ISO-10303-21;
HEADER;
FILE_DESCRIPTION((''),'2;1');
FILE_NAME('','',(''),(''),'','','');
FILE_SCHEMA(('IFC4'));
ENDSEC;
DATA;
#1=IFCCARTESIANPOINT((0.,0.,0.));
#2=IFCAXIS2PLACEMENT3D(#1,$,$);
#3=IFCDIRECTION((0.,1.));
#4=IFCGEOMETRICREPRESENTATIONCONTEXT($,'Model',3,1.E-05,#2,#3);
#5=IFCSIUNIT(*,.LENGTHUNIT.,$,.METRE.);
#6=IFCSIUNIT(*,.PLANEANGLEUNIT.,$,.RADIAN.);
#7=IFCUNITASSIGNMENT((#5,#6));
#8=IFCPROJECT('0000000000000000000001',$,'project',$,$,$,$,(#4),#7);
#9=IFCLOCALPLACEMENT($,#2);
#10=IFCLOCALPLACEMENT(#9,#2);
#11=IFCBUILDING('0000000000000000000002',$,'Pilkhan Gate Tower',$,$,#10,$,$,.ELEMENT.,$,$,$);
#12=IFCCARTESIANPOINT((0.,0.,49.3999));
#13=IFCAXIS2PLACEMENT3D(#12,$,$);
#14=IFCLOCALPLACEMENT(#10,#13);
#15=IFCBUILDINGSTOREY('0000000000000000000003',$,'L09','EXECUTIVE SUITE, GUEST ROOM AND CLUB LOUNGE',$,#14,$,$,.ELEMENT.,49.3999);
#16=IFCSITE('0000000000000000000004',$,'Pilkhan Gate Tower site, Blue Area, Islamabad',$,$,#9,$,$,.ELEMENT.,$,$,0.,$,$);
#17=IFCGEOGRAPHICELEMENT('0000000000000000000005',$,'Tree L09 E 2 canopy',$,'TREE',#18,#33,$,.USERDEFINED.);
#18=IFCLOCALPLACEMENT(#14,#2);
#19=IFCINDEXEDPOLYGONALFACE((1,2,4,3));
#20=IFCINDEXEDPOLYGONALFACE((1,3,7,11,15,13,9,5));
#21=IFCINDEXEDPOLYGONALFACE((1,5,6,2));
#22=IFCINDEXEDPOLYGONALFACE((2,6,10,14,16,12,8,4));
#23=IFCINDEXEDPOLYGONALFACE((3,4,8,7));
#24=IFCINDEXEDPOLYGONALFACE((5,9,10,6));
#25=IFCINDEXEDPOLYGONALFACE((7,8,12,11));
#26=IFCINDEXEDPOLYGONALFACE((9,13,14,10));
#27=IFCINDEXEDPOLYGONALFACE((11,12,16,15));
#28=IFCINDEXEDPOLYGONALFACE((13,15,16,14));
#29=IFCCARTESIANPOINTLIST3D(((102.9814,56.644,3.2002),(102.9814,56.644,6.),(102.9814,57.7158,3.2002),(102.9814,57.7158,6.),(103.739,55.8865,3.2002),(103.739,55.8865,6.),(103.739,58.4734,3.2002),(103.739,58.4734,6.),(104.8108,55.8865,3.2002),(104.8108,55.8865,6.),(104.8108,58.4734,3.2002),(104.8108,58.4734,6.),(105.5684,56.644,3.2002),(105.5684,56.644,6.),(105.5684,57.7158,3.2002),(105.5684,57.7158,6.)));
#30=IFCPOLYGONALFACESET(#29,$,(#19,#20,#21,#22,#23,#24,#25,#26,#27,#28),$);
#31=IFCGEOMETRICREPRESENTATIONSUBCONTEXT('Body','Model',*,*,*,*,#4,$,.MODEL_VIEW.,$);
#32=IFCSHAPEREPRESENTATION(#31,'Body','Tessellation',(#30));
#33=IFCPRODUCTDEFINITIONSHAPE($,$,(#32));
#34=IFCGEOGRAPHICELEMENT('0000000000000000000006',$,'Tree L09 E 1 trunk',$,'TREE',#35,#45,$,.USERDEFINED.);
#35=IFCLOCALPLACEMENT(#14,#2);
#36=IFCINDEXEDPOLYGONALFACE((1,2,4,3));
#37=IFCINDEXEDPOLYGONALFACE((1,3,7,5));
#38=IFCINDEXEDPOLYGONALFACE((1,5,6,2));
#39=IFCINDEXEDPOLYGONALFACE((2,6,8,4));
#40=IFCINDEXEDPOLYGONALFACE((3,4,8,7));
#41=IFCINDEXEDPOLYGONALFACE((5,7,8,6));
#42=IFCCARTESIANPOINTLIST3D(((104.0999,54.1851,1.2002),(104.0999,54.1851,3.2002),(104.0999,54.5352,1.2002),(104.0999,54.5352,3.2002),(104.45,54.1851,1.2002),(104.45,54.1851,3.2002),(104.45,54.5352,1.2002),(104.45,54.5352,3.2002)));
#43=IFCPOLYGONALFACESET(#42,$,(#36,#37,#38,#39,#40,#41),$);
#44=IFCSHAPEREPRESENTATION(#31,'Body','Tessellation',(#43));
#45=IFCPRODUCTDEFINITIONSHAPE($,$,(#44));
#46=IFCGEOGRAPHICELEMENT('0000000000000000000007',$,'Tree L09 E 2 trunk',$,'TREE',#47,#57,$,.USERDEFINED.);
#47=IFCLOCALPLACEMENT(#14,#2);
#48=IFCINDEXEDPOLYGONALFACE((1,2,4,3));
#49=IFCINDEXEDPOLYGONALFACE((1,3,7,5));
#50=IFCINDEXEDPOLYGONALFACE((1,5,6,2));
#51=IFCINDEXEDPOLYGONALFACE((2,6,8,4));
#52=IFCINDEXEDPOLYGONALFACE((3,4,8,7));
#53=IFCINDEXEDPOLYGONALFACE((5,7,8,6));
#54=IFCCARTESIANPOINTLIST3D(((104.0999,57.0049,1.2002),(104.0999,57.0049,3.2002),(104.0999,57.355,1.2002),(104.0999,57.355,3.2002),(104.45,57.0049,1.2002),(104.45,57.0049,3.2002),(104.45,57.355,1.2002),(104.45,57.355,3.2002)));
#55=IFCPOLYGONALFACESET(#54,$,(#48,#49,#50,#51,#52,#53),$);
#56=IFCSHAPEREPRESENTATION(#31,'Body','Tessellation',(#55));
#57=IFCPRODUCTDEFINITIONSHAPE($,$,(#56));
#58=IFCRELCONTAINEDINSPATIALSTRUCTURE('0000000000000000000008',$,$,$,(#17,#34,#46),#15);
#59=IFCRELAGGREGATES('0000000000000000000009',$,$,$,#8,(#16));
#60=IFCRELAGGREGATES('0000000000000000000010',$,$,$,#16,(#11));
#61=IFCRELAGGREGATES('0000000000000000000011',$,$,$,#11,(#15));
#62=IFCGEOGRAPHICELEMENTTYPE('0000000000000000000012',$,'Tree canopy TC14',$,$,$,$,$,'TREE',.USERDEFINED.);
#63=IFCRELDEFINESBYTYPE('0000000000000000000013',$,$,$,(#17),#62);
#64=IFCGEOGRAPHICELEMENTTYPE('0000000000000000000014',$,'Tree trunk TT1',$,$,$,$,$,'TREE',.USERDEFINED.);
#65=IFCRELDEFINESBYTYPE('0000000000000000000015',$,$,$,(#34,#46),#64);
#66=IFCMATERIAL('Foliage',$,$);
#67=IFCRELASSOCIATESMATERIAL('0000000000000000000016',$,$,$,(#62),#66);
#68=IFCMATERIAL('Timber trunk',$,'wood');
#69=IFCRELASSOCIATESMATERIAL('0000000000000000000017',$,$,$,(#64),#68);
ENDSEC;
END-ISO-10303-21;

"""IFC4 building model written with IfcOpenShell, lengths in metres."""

from ifc_helpers import new_model, si_unit, direction, frame, origin, origin_2d, place, context, subcontext, project, spatial, polyline, rectangle, outline, extrude, material, material_profile, profile_set, type_object, element, save


model = new_model("IFC4")

# Units and contexts
model_context = context("Model", 3, precision=1e-05, world=origin(), true_north=direction((0.0, 1.0)))
body_context = subcontext(model_context, "Body", "Model", "MODEL_VIEW")
ifc_project = project(units=[si_unit("LENGTHUNIT", "METRE"), si_unit("PLANEANGLEUNIT", "RADIAN")], contexts=[model_context])

# Site, building, storey
site_placement = place(None, origin())
site = spatial("IfcSite", under=ifc_project, at=site_placement, Name="Pilkhan Gate Tower site, Blue Area, Islamabad", CompositionType="ELEMENT", RefElevation=0.0)
building_placement = place(site_placement, origin())
building = spatial("IfcBuilding", under=site, at=building_placement, Name="Pilkhan Gate Tower", CompositionType="ELEMENT")
storey_placement = place(building_placement, frame((0.0, 0.0, 49.3999)))
storey = spatial("IfcBuildingStorey", under=building, at=storey_placement, Name="L09", Description="EXECUTIVE SUITE, GUEST ROOM AND CLUB LOUNGE", CompositionType="ELEMENT", Elevation=49.3999)

# Geographic elements
ifc_material_1 = material(Name="Foliage")
ifc_material_profile_1 = material_profile(ifc_material_1, outline(polyline([(1.2935, 0.5359), (0.5359, 1.2935), (-0.5359, 1.2935), (-1.2935, 0.5359), (-1.2935, -0.5359), (-0.5359, -1.2935), (0.5359, -1.2935), (1.2935, -0.5359), (1.2935, 0.5359)])), Name="Canopy D2.8")
ifc_profile_set_1 = profile_set([ifc_material_profile_1], Name="Foliage")
geographic_element_type_1 = type_object("IfcGeographicElementType", Name="Tree canopy TC14", ElementType="TREE", PredefinedType="USERDEFINED", material=ifc_profile_set_1)
for number, where, z_axis, x_axis, name in (
    (1, (104.2749, 57.1799, 3.2002), (0.0, 0.0, 1.0), (1.0, 0.0, 0.0), "Tree L09 E 2 canopy"),
):
    element("IfcGeographicElement", number, at=place(storey_placement, frame(where, z_axis=z_axis, x_axis=x_axis)), inside=storey, type_object=geographic_element_type_1, Name=name, ObjectType="TREE", PredefinedType="USERDEFINED", context=body_context, shape_type="SweptSolid", body=[
        extrude(outline(polyline([(1.2935, 0.5359), (0.5359, 1.2935), (-0.5359, 1.2935), (-1.2935, 0.5359), (-1.2935, -0.5359), (-0.5359, -1.2935), (0.5359, -1.2935), (1.2935, -0.5359), (1.2935, 0.5359)])), origin(), (0.0, 0.0, 1.0), 2.7998),
    ])
ifc_material_2 = material(Name="Timber trunk", Category="wood")
geographic_element_type_2 = type_object("IfcGeographicElementType", Name="Tree trunk TT1", ElementType="TREE", PredefinedType="USERDEFINED", material=ifc_material_2)
for number, where, z_axis, x_axis, name in (
    (2, (104.2749, 54.3601, 1.2002), (0.0, 0.0, 1.0), (1.0, 0.0, 0.0), "Tree L09 E 1 trunk"),
    (3, (104.2749, 57.1799, 1.2002), (0.0, 0.0, 1.0), (1.0, 0.0, 0.0), "Tree L09 E 2 trunk"),
):
    element("IfcGeographicElement", number, at=place(storey_placement, frame(where, z_axis=z_axis, x_axis=x_axis)), inside=storey, type_object=geographic_element_type_2, Name=name, ObjectType="TREE", PredefinedType="USERDEFINED", context=body_context, shape_type="SweptSolid", body=[
        extrude(rectangle(XDim=0.3501, YDim=0.3501, at=origin_2d()), origin(), (0.0, 0.0, 1.0), 2.0),
    ])

save(model, "model.ifc")
